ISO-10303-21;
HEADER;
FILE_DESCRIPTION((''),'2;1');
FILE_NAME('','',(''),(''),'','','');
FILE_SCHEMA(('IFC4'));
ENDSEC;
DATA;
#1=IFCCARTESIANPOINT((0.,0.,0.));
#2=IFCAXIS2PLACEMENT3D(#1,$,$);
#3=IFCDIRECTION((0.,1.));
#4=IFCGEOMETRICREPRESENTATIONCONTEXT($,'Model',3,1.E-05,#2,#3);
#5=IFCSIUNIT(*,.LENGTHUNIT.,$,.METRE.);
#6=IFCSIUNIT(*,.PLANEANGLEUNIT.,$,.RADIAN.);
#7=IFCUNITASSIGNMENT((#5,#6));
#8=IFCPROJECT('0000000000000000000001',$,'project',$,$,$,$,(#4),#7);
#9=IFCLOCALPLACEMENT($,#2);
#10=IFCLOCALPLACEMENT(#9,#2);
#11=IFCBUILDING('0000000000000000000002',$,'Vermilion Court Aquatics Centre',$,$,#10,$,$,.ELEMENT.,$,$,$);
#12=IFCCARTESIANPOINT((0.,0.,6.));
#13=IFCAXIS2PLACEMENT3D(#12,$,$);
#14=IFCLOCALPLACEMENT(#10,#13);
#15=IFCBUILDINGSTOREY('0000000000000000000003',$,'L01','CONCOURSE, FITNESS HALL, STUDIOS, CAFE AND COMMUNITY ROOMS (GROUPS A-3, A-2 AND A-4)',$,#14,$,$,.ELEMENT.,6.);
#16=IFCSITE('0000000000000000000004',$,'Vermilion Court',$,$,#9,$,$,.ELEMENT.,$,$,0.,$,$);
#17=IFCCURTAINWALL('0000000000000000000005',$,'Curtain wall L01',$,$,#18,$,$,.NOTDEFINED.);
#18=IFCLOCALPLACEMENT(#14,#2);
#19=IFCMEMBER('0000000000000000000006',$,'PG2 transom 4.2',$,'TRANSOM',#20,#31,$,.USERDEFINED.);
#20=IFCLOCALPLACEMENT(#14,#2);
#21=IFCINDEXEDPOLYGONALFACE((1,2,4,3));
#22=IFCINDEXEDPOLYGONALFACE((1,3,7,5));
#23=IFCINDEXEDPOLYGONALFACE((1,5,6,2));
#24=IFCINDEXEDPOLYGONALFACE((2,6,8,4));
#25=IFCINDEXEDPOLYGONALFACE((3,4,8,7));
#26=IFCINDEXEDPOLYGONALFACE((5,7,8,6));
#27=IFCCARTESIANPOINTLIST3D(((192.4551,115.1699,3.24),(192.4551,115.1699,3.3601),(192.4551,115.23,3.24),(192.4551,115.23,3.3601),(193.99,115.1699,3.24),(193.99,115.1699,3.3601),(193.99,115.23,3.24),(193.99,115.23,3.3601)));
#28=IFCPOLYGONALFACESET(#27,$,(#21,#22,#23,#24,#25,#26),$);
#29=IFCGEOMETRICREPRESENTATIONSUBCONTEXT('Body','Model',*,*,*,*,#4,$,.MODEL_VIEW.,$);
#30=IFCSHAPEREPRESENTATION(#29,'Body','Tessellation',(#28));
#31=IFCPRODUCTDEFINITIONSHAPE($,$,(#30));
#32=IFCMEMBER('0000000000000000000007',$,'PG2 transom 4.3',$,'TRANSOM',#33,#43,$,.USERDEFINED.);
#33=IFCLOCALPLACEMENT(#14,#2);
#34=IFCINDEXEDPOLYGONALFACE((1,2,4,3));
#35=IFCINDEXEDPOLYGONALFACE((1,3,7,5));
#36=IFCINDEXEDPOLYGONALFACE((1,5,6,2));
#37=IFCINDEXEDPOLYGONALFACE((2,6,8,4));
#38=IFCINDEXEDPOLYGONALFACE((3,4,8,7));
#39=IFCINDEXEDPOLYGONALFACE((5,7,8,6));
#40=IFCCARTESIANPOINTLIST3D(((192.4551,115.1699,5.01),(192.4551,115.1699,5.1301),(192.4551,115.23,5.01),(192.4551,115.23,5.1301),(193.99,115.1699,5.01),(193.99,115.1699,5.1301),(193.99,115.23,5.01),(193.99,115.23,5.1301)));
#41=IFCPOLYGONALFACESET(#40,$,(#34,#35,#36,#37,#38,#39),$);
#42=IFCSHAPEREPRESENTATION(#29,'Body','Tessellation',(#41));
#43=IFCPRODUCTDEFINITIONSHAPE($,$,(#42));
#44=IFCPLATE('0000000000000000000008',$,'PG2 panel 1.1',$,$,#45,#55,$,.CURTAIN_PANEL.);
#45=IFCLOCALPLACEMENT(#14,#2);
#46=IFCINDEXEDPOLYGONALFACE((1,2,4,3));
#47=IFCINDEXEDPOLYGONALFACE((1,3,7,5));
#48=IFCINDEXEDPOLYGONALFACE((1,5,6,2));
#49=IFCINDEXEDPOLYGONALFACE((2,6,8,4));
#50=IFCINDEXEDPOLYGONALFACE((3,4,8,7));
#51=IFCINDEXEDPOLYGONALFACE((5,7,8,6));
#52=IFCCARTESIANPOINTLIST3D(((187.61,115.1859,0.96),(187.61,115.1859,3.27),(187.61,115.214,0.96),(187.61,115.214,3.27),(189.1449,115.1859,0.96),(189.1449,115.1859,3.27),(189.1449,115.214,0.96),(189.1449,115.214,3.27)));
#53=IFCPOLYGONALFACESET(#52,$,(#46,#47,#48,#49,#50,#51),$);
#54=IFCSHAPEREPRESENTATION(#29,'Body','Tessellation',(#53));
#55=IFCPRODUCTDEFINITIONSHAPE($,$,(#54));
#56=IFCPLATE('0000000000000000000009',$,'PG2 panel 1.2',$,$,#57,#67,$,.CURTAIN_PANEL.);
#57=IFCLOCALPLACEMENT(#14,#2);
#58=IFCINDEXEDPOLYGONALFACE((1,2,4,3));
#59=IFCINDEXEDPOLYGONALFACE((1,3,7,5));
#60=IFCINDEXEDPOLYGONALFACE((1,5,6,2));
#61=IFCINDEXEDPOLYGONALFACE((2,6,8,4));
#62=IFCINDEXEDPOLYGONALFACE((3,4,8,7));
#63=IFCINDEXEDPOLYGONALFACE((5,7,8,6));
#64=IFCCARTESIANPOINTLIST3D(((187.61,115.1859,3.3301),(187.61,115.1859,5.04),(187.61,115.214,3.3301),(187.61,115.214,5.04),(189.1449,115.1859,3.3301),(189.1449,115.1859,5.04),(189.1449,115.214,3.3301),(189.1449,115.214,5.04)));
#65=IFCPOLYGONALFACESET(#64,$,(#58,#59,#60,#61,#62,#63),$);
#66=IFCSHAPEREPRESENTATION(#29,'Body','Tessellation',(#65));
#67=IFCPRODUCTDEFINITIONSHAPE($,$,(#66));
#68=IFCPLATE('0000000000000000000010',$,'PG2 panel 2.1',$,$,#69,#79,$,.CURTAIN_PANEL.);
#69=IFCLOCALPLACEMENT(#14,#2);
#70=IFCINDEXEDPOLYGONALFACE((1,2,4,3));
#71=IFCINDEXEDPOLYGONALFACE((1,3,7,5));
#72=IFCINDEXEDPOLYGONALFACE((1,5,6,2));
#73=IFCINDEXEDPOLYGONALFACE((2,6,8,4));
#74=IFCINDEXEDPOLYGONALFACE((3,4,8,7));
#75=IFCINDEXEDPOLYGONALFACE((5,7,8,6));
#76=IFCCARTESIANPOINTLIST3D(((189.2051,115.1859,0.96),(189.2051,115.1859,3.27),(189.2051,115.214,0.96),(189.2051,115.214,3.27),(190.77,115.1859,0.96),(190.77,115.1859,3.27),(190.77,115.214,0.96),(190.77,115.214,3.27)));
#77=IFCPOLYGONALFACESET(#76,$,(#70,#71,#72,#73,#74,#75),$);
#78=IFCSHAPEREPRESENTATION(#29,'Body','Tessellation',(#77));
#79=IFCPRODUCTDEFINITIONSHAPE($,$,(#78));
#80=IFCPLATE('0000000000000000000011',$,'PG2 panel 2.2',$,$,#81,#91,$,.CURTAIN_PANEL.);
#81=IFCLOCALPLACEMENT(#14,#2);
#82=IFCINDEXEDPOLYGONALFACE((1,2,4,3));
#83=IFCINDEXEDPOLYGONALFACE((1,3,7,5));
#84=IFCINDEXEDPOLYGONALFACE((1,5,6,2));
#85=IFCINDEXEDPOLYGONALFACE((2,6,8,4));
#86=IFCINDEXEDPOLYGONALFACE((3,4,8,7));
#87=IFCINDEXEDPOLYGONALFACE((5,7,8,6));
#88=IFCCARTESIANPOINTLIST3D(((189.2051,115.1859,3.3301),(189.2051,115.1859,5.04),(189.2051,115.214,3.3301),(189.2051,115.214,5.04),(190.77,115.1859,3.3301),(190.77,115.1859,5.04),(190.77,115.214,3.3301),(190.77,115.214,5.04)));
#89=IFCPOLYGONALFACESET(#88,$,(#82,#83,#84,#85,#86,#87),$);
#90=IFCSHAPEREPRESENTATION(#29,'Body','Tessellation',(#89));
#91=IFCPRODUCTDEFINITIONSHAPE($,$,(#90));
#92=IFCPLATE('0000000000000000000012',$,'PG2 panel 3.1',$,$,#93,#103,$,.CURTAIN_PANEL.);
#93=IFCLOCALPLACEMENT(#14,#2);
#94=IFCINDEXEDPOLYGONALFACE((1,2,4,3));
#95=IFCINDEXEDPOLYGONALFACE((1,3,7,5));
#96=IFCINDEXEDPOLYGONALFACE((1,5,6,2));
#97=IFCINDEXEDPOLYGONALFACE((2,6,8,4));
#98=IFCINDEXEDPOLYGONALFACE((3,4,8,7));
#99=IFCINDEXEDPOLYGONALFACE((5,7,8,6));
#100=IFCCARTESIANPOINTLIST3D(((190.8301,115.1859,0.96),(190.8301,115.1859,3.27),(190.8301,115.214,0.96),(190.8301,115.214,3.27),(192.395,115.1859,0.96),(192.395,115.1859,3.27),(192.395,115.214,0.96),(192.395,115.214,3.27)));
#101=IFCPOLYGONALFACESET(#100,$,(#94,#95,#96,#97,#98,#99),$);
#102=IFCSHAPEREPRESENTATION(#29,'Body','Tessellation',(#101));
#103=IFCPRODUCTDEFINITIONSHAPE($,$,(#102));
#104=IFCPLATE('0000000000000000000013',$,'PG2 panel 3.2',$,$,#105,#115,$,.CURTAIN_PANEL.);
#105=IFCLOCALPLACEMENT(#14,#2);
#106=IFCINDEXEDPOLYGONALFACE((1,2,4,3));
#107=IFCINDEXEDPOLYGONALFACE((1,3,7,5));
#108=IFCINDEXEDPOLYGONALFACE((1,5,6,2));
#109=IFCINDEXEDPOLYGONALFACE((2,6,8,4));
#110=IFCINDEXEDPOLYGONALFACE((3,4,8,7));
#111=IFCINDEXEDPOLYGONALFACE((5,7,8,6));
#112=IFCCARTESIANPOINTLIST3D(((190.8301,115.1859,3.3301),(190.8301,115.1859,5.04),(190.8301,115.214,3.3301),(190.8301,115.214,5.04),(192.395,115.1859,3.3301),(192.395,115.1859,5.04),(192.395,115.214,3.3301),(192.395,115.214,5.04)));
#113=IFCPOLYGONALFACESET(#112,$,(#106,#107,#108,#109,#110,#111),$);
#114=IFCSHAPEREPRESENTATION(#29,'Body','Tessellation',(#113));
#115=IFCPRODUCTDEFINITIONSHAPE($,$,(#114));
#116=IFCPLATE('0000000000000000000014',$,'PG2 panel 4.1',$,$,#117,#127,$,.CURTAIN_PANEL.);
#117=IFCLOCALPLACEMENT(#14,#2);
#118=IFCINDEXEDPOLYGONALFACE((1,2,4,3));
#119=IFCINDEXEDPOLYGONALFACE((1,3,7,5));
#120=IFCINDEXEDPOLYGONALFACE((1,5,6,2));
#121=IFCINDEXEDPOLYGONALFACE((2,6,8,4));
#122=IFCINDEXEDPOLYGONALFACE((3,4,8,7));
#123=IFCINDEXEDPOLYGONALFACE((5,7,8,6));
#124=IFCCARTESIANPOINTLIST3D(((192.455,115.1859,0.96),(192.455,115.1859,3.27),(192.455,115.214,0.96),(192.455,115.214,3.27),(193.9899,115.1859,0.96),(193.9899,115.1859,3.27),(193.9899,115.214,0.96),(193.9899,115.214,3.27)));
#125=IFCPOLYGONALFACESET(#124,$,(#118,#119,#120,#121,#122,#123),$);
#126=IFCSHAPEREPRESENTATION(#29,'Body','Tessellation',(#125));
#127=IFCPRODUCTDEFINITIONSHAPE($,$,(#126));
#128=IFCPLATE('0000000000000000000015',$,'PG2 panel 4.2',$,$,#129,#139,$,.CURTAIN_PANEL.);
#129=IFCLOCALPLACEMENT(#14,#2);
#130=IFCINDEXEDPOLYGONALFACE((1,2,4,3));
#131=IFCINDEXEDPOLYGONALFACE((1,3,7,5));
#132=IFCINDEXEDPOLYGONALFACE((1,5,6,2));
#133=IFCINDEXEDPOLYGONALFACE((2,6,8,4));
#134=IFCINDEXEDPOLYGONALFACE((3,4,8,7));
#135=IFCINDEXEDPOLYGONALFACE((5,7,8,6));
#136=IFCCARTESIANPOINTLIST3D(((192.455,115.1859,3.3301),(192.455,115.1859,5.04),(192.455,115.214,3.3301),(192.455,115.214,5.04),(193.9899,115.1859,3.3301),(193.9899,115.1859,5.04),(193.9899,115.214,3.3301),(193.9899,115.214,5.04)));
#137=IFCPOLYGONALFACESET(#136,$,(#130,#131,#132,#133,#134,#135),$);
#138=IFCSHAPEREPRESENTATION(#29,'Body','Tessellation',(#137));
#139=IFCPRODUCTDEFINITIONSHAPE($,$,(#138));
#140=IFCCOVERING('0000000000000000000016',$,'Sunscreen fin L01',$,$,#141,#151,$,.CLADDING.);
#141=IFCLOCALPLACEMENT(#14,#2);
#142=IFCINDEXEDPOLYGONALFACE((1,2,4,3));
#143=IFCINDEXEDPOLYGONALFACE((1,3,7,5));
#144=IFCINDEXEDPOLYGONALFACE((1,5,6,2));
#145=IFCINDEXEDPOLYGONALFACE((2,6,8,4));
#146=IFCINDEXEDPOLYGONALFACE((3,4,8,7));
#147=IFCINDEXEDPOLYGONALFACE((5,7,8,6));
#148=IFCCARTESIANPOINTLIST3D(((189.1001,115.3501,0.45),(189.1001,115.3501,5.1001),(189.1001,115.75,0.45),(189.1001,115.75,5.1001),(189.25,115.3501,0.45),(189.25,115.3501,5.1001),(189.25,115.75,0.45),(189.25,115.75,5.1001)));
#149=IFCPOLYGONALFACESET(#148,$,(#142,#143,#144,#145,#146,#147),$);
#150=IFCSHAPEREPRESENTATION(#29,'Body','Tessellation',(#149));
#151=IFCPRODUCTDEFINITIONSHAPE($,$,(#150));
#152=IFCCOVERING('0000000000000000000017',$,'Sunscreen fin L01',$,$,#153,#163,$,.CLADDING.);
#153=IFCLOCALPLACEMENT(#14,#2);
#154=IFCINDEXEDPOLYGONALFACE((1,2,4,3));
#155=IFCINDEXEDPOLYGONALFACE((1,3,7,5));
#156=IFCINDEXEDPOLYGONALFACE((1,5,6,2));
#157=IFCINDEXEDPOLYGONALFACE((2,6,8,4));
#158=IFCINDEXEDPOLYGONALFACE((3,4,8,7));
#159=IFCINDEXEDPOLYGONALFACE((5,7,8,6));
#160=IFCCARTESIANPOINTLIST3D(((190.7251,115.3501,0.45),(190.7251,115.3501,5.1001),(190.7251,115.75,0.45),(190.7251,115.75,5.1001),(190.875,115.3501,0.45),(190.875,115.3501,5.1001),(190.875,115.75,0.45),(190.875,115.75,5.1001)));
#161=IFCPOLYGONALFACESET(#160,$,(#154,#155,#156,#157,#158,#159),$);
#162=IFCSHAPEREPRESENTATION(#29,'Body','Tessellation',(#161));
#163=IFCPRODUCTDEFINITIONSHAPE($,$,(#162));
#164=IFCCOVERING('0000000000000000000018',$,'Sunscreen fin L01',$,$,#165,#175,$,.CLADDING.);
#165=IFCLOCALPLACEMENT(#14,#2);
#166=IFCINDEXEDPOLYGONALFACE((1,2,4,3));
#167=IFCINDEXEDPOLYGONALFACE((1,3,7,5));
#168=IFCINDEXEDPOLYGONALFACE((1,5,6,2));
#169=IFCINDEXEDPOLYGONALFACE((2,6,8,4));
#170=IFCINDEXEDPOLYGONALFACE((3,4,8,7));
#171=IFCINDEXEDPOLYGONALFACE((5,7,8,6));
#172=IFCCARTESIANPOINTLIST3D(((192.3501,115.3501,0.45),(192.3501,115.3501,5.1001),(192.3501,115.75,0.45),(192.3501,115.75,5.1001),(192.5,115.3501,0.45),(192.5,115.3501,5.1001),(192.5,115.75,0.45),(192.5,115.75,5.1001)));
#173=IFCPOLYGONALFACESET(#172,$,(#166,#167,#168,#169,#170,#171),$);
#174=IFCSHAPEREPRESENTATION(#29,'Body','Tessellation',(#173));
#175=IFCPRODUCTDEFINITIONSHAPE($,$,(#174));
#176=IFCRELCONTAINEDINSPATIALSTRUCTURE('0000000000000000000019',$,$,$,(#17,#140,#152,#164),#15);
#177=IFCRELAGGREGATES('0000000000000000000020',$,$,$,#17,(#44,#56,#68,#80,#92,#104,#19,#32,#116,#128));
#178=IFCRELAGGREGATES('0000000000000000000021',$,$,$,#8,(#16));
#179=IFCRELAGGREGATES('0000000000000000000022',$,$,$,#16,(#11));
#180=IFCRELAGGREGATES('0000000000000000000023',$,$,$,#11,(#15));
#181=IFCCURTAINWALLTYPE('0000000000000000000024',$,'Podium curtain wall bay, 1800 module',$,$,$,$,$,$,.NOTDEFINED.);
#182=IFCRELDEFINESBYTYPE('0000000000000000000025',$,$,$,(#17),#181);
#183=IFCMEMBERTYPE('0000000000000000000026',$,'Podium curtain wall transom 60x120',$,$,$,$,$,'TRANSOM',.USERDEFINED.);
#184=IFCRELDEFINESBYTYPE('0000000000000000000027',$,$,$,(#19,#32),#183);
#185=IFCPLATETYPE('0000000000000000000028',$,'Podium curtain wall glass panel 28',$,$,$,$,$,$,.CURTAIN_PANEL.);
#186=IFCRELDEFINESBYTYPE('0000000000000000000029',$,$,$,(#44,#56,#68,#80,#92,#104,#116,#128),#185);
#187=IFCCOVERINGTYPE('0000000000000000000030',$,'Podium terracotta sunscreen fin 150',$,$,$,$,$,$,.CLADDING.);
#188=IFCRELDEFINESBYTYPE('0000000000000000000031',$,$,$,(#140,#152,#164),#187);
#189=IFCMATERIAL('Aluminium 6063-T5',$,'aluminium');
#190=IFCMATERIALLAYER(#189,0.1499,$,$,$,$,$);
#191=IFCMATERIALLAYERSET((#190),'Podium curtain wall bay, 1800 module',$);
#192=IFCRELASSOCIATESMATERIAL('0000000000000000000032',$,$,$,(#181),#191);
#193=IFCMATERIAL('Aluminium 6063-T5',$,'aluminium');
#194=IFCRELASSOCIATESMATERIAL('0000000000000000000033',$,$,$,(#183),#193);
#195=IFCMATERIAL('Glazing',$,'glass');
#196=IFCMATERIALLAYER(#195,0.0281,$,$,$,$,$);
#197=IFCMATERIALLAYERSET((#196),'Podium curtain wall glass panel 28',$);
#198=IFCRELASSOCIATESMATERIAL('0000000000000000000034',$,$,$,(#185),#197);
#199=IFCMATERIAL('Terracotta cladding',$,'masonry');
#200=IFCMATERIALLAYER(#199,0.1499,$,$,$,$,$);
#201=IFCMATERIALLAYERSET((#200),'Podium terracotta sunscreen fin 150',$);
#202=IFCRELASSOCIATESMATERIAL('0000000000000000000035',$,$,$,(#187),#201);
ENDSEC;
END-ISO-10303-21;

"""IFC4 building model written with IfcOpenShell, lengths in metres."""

from ifc_helpers import new_model, si_unit, direction, frame, frame_2d, origin, origin_2d, place, context, subcontext, project, spatial, rectangle, extrude, material, layer, layer_set, material_profile, profile_set, type_object, element, aggregate, save


model = new_model("IFC4")

# Units and contexts
model_context = context("Model", 3, precision=1e-05, world=origin(), true_north=direction((0.0, 1.0)))
body_context = subcontext(model_context, "Body", "Model", "MODEL_VIEW")
ifc_project = project(units=[si_unit("LENGTHUNIT", "METRE"), si_unit("PLANEANGLEUNIT", "RADIAN")], contexts=[model_context])

# Site, building, storey
site_placement = place(None, origin())
site = spatial("IfcSite", under=ifc_project, at=site_placement, Name="Vermilion Court", CompositionType="ELEMENT", RefElevation=0.0)
building_placement = place(site_placement, origin())
building = spatial("IfcBuilding", under=site, at=building_placement, Name="Vermilion Court Aquatics Centre", CompositionType="ELEMENT")
storey_placement = place(building_placement, frame((0.0, 0.0, 6.0)))
storey = spatial("IfcBuildingStorey", under=building, at=storey_placement, Name="L01", Description="CONCOURSE, FITNESS HALL, STUDIOS, CAFE AND COMMUNITY ROOMS (GROUPS A-3, A-2 AND A-4)", CompositionType="ELEMENT", Elevation=6.0)

# Curtain wall, members, plates
ifc_material_1 = material(Name="Aluminium 6063-T5", Category="aluminium")
ifc_layer_1 = layer(ifc_material_1, 0.1499)
ifc_layer_set_1 = layer_set([ifc_layer_1], Name="Podium curtain wall bay, 1800 module")
curtain_wall_type = type_object("IfcCurtainWallType", Name="Podium curtain wall bay, 1800 module", PredefinedType="NOTDEFINED", material=ifc_layer_set_1)
curtain_wall_placement = place(storey_placement, origin())
curtain_wall = element("IfcCurtainWall", 1, at=curtain_wall_placement, inside=storey, type_object=curtain_wall_type, Name="Curtain wall L01", PredefinedType="NOTDEFINED")
ifc_material_2 = material(Name="Aluminium 6063-T5", Category="aluminium")
ifc_material_profile_1 = material_profile(ifc_material_2, rectangle(XDim=0.0601, YDim=0.1201, at=origin_2d()), Name="Transom 60x120")
ifc_profile_set_1 = profile_set([ifc_material_profile_1], Name="Aluminium 6063-T5")
member_type_1 = type_object("IfcMemberType", Name="Podium curtain wall transom 60x120", ElementType="TRANSOM", PredefinedType="USERDEFINED", material=ifc_profile_set_1)
member_1_placement = place(storey_placement, frame((192.4551, 115.2, 3.3), z_axis=(1.0, 0.0, 0.0), x_axis=(0.0, 1.0, 0.0)))
member_1 = element("IfcMember", 2, at=member_1_placement, type_object=member_type_1, Name="PG2 transom 4.2", ObjectType="TRANSOM", PredefinedType="USERDEFINED", context=body_context, shape_type="SweptSolid", body=[
    extrude(rectangle(XDim=0.0601, YDim=0.1201, at=origin_2d()), origin(), (0.0, 0.0, 1.0), 1.5349),
])
member_2_placement = place(storey_placement, frame((192.4551, 115.2, 5.0701), z_axis=(1.0, 0.0, 0.0), x_axis=(0.0, 1.0, 0.0)))
member_2 = element("IfcMember", 3, at=member_2_placement, type_object=member_type_1, Name="PG2 transom 4.3", ObjectType="TRANSOM", PredefinedType="USERDEFINED", context=body_context, shape_type="SweptSolid", body=[
    extrude(rectangle(XDim=0.0601, YDim=0.1201, at=origin_2d()), origin(), (0.0, 0.0, 1.0), 1.5349),
])
ifc_material_3 = material(Name="Glazing", Category="glass")
ifc_layer_2 = layer(ifc_material_3, 0.0281)
ifc_layer_set_2 = layer_set([ifc_layer_2], Name="Podium curtain wall glass panel 28")
plate_type = type_object("IfcPlateType", Name="Podium curtain wall glass panel 28", PredefinedType="CURTAIN_PANEL", material=ifc_layer_set_2)
plate_1_placement = place(storey_placement, frame((188.3774, 115.2, 0.96), z_axis=(0.0, 0.0, 1.0), x_axis=(1.0, 0.0, 0.0)))
plate_1 = element("IfcPlate", 4, at=plate_1_placement, type_object=plate_type, Name="PG2 panel 1.1", PredefinedType="CURTAIN_PANEL", context=body_context, shape_type="SweptSolid", body=[
    extrude(rectangle(XDim=1.5349, YDim=0.0281, at=origin_2d()), origin(), (0.0, 0.0, 1.0), 2.3101),
])
plate_2_placement = place(storey_placement, frame((188.3774, 115.2, 3.3301), z_axis=(0.0, 0.0, 1.0), x_axis=(1.0, 0.0, 0.0)))
plate_2 = element("IfcPlate", 5, at=plate_2_placement, type_object=plate_type, Name="PG2 panel 1.2", PredefinedType="CURTAIN_PANEL", context=body_context, shape_type="SweptSolid", body=[
    extrude(rectangle(XDim=1.5349, YDim=0.0281, at=origin_2d()), origin(), (0.0, 0.0, 1.0), 1.71),
])
plate_3_placement = place(storey_placement, frame((189.9875, 115.2, 0.96), z_axis=(0.0, 0.0, 1.0), x_axis=(1.0, 0.0, 0.0)))
plate_3 = element("IfcPlate", 6, at=plate_3_placement, type_object=plate_type, Name="PG2 panel 2.1", PredefinedType="CURTAIN_PANEL", context=body_context, shape_type="SweptSolid", body=[
    extrude(rectangle(XDim=1.5649, YDim=0.0281, at=origin_2d()), origin(), (0.0, 0.0, 1.0), 2.3101),
])
plate_4_placement = place(storey_placement, frame((189.9875, 115.2, 3.3301), z_axis=(0.0, 0.0, 1.0), x_axis=(1.0, 0.0, 0.0)))
plate_4 = element("IfcPlate", 7, at=plate_4_placement, type_object=plate_type, Name="PG2 panel 2.2", PredefinedType="CURTAIN_PANEL", context=body_context, shape_type="SweptSolid", body=[
    extrude(rectangle(XDim=1.5649, YDim=0.0281, at=origin_2d()), origin(), (0.0, 0.0, 1.0), 1.71),
])
plate_5_placement = place(storey_placement, frame((191.6125, 115.2, 0.96), z_axis=(0.0, 0.0, 1.0), x_axis=(1.0, 0.0, 0.0)))
plate_5 = element("IfcPlate", 8, at=plate_5_placement, type_object=plate_type, Name="PG2 panel 3.1", PredefinedType="CURTAIN_PANEL", context=body_context, shape_type="SweptSolid", body=[
    extrude(rectangle(XDim=1.5649, YDim=0.0281, at=origin_2d()), origin(), (0.0, 0.0, 1.0), 2.3101),
])
plate_6_placement = place(storey_placement, frame((191.6125, 115.2, 3.3301), z_axis=(0.0, 0.0, 1.0), x_axis=(1.0, 0.0, 0.0)))
plate_6 = element("IfcPlate", 9, at=plate_6_placement, type_object=plate_type, Name="PG2 panel 3.2", PredefinedType="CURTAIN_PANEL", context=body_context, shape_type="SweptSolid", body=[
    extrude(rectangle(XDim=1.5649, YDim=0.0281, at=origin_2d()), origin(), (0.0, 0.0, 1.0), 1.71),
])
plate_7_placement = place(storey_placement, frame((193.2224, 115.2, 0.96), z_axis=(0.0, 0.0, 1.0), x_axis=(1.0, 0.0, 0.0)))
plate_7 = element("IfcPlate", 10, at=plate_7_placement, type_object=plate_type, Name="PG2 panel 4.1", PredefinedType="CURTAIN_PANEL", context=body_context, shape_type="SweptSolid", body=[
    extrude(rectangle(XDim=1.5349, YDim=0.0281, at=origin_2d()), origin(), (0.0, 0.0, 1.0), 2.3101),
])
plate_8_placement = place(storey_placement, frame((193.2224, 115.2, 3.3301), z_axis=(0.0, 0.0, 1.0), x_axis=(1.0, 0.0, 0.0)))
plate_8 = element("IfcPlate", 11, at=plate_8_placement, type_object=plate_type, Name="PG2 panel 4.2", PredefinedType="CURTAIN_PANEL", context=body_context, shape_type="SweptSolid", body=[
    extrude(rectangle(XDim=1.5349, YDim=0.0281, at=origin_2d()), origin(), (0.0, 0.0, 1.0), 1.71),
])
aggregate(curtain_wall, [plate_1, plate_2, plate_3, plate_4, plate_5, plate_6, member_1, member_2, plate_7, plate_8])

# Coverings
ifc_material_4 = material(Name="Terracotta cladding", Category="masonry")
ifc_layer_3 = layer(ifc_material_4, 0.1499)
ifc_layer_set_3 = layer_set([ifc_layer_3], Name="Podium terracotta sunscreen fin 150")
covering_type = type_object("IfcCoveringType", Name="Podium terracotta sunscreen fin 150", PredefinedType="CLADDING", material=ifc_layer_set_3)
for number, where, z_axis, x_axis, name in (
    (12, (189.175, 115.3501, 0.45), (0.0, 0.0, 1.0), (0.0, 1.0, 0.0), "Sunscreen fin L01"),
    (13, (190.8, 115.3501, 0.45), (0.0, 0.0, 1.0), (0.0, 1.0, 0.0), "Sunscreen fin L01"),
    (14, (192.425, 115.3501, 0.45), (0.0, 0.0, 1.0), (0.0, 1.0, 0.0), "Sunscreen fin L01"),
):
    element("IfcCovering", number, at=place(storey_placement, frame(where, z_axis=z_axis, x_axis=x_axis)), inside=storey, type_object=covering_type, Name=name, PredefinedType="CLADDING", context=body_context, shape_type="SweptSolid", body=[
        extrude(rectangle(XDim=0.3999, YDim=0.1499, at=frame_2d((0.2, 0.0))), origin(), (0.0, 0.0, 1.0), 4.6501),
    ])

save(model, "model.ifc")
